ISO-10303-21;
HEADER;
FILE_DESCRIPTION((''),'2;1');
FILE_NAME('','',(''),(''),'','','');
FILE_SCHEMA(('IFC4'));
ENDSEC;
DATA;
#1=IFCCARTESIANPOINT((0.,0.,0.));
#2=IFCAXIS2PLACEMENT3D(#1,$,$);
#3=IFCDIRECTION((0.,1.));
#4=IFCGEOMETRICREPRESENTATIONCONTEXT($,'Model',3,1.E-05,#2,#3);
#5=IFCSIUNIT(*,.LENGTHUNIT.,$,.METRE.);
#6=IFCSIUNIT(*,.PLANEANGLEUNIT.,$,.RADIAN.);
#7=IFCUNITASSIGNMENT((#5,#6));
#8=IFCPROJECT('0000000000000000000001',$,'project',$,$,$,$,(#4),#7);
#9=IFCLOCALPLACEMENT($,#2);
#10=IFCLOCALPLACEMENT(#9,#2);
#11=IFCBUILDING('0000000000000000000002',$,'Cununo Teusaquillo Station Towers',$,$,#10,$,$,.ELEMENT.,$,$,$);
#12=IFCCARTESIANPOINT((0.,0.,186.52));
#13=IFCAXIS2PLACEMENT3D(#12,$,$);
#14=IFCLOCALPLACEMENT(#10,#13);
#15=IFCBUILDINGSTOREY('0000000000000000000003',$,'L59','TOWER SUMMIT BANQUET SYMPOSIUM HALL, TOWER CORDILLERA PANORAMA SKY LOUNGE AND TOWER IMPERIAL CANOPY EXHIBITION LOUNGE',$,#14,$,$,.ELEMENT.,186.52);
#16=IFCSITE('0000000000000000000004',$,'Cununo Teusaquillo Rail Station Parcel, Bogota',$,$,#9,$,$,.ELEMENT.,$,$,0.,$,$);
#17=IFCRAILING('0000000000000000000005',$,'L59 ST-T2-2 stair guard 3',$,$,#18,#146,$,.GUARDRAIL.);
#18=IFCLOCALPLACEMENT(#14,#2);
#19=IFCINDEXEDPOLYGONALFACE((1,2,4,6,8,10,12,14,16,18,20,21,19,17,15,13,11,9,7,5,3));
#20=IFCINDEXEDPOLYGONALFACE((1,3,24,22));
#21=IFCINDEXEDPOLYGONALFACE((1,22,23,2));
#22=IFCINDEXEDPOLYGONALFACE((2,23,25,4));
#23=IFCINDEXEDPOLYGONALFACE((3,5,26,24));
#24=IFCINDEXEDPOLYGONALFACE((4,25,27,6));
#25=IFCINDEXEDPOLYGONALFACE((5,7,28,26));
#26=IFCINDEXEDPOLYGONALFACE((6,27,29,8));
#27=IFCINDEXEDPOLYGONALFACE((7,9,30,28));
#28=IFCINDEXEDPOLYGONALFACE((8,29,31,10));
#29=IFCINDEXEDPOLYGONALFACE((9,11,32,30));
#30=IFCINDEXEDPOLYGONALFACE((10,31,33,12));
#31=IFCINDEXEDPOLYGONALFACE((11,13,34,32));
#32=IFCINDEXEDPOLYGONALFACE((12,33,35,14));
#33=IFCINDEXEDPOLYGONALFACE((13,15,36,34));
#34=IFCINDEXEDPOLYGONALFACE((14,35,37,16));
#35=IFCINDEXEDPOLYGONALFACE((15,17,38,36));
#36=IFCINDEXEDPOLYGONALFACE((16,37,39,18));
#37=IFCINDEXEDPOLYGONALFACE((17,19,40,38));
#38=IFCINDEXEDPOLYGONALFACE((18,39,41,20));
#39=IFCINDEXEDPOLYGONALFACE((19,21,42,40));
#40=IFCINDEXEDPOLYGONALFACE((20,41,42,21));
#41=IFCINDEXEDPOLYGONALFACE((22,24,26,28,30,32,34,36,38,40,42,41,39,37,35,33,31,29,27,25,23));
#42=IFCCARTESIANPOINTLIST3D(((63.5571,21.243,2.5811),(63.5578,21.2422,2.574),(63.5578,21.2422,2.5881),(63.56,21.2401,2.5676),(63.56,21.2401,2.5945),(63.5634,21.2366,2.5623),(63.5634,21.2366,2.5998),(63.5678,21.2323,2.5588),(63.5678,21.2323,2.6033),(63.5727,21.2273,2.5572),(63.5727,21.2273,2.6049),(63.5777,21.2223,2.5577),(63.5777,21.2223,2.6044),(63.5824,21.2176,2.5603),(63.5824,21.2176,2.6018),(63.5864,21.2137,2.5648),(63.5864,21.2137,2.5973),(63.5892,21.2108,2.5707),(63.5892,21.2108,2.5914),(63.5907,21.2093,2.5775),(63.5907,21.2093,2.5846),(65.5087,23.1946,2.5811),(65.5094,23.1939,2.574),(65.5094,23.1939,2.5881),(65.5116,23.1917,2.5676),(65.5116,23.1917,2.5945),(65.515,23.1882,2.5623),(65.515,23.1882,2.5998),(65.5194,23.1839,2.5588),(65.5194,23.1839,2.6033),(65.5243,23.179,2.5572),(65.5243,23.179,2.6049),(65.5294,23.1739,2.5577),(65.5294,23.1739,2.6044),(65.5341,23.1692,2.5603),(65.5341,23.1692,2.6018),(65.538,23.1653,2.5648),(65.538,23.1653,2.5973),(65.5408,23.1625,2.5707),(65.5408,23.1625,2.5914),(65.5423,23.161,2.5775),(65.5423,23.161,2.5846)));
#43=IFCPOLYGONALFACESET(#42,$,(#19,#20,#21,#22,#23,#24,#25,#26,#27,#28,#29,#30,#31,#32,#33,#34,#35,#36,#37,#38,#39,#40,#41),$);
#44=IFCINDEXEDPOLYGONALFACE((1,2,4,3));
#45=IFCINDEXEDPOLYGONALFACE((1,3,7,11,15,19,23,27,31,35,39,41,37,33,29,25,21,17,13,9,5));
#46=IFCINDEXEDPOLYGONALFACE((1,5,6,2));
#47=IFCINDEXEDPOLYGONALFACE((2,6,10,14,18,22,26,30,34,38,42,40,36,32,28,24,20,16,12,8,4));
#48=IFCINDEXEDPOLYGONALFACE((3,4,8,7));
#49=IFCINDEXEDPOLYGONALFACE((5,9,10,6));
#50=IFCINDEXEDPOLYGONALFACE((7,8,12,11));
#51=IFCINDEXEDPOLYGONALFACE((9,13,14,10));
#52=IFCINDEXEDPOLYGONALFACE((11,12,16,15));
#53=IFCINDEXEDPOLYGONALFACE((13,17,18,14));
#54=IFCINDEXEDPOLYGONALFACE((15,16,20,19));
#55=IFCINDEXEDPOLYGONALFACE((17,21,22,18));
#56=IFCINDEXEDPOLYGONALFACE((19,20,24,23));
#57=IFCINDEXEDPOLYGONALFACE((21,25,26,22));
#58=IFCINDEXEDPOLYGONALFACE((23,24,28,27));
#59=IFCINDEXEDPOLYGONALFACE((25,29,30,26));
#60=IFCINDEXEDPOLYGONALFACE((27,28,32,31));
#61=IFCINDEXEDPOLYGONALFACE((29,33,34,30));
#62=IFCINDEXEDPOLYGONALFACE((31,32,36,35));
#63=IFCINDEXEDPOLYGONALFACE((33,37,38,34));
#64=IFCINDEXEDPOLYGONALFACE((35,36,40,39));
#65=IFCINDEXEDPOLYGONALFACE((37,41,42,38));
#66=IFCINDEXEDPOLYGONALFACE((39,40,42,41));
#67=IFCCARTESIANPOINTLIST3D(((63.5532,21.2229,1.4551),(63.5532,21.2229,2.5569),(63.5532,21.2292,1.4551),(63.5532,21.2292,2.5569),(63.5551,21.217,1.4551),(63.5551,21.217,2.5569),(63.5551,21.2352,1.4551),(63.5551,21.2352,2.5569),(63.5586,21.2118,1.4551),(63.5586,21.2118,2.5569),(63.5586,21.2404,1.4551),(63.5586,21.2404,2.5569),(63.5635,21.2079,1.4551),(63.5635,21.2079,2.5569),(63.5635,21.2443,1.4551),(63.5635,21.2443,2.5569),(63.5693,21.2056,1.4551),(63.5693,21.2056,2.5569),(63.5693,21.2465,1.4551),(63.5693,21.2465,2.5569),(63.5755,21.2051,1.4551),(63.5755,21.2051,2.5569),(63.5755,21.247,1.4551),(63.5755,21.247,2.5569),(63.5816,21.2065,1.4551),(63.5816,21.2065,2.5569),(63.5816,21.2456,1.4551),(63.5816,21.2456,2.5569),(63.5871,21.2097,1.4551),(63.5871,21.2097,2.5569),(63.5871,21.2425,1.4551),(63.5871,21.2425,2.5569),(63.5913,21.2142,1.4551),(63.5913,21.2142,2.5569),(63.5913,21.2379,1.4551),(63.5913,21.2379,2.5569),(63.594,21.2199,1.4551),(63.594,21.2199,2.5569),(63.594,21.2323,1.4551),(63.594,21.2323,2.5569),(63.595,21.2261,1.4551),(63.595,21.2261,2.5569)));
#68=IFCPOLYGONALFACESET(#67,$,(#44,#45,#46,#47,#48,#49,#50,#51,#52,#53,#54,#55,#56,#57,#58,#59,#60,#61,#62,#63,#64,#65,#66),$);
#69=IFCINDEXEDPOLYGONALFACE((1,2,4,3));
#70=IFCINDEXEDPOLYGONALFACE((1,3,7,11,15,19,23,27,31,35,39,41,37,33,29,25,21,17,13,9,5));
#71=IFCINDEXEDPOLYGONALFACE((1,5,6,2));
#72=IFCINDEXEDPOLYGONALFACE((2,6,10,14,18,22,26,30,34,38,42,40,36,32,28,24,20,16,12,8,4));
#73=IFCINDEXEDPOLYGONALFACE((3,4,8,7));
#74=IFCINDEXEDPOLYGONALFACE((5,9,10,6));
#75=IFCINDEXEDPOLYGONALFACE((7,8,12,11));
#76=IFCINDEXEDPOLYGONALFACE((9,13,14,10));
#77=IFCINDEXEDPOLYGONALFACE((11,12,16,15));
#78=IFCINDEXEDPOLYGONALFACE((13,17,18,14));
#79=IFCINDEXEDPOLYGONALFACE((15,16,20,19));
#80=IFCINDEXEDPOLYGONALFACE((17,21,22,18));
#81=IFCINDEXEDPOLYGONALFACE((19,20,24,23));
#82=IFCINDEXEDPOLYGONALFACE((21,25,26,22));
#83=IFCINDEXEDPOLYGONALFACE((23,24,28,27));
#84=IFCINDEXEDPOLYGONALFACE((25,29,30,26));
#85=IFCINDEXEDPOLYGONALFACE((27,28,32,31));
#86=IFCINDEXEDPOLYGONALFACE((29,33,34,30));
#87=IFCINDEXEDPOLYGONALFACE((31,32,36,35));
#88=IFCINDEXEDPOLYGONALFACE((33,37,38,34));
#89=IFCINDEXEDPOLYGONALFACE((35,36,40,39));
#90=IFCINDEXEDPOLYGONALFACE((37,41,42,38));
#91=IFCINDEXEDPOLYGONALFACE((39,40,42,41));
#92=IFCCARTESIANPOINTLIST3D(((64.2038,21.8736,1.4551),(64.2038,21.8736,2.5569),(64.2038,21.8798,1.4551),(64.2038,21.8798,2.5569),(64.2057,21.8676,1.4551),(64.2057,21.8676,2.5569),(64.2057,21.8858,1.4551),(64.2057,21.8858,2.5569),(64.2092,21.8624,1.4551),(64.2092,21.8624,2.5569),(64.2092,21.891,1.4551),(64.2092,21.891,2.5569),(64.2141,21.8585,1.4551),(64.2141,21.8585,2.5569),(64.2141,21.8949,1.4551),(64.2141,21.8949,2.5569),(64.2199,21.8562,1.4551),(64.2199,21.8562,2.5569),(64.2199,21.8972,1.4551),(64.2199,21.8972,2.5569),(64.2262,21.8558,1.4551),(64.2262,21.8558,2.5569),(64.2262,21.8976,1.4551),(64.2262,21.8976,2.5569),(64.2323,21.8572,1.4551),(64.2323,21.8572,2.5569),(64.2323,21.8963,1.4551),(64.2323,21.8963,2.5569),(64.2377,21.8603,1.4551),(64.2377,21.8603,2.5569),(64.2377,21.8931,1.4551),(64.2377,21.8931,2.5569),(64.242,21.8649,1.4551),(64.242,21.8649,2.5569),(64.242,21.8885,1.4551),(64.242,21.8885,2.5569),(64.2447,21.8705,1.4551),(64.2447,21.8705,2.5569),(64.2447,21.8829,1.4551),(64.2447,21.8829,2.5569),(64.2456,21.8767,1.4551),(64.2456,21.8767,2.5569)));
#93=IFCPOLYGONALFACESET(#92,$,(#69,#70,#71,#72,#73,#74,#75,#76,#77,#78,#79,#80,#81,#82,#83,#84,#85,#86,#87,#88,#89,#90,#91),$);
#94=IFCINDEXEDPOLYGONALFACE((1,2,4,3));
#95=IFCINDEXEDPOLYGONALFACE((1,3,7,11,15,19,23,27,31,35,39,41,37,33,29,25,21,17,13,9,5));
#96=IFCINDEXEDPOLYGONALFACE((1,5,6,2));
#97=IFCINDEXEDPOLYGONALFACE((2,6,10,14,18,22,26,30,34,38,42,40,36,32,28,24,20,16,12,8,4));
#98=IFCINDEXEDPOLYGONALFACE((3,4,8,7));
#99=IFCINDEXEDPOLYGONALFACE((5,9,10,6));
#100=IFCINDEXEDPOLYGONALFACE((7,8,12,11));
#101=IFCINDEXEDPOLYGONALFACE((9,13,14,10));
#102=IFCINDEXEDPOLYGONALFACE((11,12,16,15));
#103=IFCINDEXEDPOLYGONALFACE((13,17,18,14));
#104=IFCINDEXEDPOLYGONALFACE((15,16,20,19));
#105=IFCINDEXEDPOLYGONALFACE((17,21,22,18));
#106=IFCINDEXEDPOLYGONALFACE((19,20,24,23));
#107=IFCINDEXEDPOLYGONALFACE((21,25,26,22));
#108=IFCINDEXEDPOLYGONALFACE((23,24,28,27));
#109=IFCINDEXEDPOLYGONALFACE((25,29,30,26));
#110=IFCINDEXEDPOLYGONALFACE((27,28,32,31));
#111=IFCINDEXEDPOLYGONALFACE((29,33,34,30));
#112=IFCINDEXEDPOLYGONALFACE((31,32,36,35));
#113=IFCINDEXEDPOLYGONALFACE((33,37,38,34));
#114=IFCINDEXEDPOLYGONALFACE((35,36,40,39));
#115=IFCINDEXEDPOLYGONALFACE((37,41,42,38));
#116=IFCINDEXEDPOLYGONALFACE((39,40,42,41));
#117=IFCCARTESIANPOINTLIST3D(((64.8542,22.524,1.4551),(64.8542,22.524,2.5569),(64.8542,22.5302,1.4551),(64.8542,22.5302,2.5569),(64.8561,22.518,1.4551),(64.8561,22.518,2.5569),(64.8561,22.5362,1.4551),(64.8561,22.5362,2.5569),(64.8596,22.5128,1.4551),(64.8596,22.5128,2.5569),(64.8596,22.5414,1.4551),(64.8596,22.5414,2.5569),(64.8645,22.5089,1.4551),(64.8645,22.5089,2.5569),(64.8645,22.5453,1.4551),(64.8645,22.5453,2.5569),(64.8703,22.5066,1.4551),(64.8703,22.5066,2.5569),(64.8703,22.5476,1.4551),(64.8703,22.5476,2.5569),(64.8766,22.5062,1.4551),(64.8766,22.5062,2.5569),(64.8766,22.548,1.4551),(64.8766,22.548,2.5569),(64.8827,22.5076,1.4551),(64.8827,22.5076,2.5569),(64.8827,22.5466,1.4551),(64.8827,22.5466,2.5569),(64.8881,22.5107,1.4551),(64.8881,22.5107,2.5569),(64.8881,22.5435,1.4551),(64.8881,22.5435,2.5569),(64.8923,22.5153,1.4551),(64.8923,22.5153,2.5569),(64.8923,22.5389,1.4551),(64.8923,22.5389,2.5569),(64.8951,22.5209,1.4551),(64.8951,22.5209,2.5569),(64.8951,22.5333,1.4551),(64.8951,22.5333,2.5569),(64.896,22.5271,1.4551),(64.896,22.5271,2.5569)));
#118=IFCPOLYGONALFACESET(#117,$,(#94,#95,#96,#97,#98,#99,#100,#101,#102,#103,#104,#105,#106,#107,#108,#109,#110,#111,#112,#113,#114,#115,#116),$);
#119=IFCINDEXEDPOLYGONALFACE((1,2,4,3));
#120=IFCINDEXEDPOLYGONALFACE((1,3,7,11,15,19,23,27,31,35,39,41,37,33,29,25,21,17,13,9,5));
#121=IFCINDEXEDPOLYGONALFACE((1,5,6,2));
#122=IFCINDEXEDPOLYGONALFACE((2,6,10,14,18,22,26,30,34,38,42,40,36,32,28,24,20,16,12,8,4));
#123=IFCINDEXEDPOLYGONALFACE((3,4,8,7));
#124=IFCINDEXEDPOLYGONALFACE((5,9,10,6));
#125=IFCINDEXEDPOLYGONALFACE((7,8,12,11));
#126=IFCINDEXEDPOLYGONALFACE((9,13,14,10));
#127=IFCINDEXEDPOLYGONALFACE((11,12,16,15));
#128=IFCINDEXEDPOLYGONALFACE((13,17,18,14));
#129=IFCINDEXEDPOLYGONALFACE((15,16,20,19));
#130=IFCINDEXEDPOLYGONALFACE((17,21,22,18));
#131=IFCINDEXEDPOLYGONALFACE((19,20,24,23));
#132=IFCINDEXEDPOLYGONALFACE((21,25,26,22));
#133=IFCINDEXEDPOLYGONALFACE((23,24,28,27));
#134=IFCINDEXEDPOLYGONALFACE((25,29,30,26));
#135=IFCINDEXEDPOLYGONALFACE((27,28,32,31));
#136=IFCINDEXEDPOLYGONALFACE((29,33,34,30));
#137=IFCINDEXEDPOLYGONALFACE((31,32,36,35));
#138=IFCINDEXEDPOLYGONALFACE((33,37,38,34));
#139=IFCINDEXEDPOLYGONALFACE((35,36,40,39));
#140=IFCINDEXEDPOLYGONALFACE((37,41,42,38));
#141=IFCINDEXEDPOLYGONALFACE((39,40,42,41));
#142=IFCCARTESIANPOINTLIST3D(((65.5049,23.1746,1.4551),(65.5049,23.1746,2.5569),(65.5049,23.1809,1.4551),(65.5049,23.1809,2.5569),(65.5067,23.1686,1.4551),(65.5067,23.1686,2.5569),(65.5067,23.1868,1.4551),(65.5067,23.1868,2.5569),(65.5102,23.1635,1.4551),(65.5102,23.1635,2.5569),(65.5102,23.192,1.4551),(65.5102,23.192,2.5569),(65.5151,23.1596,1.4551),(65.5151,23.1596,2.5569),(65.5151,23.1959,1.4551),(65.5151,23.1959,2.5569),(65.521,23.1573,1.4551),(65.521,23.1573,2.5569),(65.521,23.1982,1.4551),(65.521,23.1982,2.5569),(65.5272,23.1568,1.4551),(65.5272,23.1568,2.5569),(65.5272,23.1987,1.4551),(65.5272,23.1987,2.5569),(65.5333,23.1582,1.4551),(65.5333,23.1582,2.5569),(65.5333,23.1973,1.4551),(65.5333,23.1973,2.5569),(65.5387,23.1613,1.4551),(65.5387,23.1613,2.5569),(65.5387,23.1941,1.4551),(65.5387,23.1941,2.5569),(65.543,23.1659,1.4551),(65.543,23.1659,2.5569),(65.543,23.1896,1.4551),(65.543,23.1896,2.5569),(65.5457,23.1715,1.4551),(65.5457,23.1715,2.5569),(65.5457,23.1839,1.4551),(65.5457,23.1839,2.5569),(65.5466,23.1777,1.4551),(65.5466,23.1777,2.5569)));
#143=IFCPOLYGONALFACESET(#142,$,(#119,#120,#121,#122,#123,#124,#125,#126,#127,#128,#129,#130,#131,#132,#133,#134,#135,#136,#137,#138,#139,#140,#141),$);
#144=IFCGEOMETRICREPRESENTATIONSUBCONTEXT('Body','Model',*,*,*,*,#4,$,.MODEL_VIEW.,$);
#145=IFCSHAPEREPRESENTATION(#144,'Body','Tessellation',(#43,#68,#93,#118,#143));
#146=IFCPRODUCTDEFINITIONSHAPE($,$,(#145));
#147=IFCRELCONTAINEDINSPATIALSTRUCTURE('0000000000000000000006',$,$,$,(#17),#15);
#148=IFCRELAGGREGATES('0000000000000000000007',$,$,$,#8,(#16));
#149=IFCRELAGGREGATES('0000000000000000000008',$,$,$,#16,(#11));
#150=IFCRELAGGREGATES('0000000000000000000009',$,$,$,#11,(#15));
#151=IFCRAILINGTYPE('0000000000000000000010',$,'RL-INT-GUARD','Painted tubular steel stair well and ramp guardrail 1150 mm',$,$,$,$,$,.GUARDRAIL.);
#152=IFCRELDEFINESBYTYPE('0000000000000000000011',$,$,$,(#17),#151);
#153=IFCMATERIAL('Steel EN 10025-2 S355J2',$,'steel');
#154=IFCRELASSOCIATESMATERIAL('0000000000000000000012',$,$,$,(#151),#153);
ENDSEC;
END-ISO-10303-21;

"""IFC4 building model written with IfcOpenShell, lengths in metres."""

from ifc_helpers import new_model, si_unit, direction, frame, origin, origin_2d, place, context, subcontext, project, spatial, circle, extrude, material, type_object, element, save


model = new_model("IFC4")

# Units and contexts
model_context = context("Model", 3, precision=1e-05, world=origin(), true_north=direction((0.0, 1.0)))
body_context = subcontext(model_context, "Body", "Model", "MODEL_VIEW")
ifc_project = project(units=[si_unit("LENGTHUNIT", "METRE"), si_unit("PLANEANGLEUNIT", "RADIAN")], contexts=[model_context])

# Site, building, storey
site_placement = place(None, origin())
site = spatial("IfcSite", under=ifc_project, at=site_placement, Name="Cununo Teusaquillo Rail Station Parcel, Bogota", CompositionType="ELEMENT", RefElevation=0.0)
building_placement = place(site_placement, origin())
building = spatial("IfcBuilding", under=site, at=building_placement, Name="Cununo Teusaquillo Station Towers", CompositionType="ELEMENT")
storey_placement = place(building_placement, frame((0.0, 0.0, 186.52)))
storey = spatial("IfcBuildingStorey", under=building, at=storey_placement, Name="L59", Description="TOWER SUMMIT BANQUET SYMPOSIUM HALL, TOWER CORDILLERA PANORAMA SKY LOUNGE AND TOWER IMPERIAL CANOPY EXHIBITION LOUNGE", CompositionType="ELEMENT", Elevation=186.52)

# Railing
ifc_material_1 = material(Name="Steel EN 10025-2 S355J2", Category="steel")
railing_type = type_object("IfcRailingType", Name="RL-INT-GUARD", Description="Painted tubular steel stair well and ramp guardrail 1150 mm", PredefinedType="GUARDRAIL", material=ifc_material_1)
railing_1_placement = place(storey_placement, frame((63.574, 21.2261, 1.4551)))
element("IfcRailing", 1, at=railing_1_placement, inside=storey, type_object=railing_type, Name="L59 ST-T2-2 stair guard 3", PredefinedType="GUARDRAIL", context=body_context, shape_type="SweptSolid", body=[
    extrude(circle(Radius=0.0239, at=origin_2d()), frame((0.0, 0.0, 1.126), z_axis=(0.707107, 0.707107, 0.0), x_axis=(-0.707107, 0.707107, 0.0)), (0.0, 0.0, 1.0), 2.76),
    extrude(circle(Radius=0.021, at=origin_2d()), origin(), (0.0, 0.0, 1.0), 1.1018),
    extrude(circle(Radius=0.021, at=origin_2d()), frame((0.6506, 0.6506, 0.0)), (0.0, 0.0, 1.0), 1.1018),
    extrude(circle(Radius=0.021, at=origin_2d()), frame((1.301, 1.301, 0.0)), (0.0, 0.0, 1.0), 1.1018),
    extrude(circle(Radius=0.021, at=origin_2d()), frame((1.9517, 1.9517, 0.0)), (0.0, 0.0, 1.0), 1.1018),
])

save(model, "model.ifc")
